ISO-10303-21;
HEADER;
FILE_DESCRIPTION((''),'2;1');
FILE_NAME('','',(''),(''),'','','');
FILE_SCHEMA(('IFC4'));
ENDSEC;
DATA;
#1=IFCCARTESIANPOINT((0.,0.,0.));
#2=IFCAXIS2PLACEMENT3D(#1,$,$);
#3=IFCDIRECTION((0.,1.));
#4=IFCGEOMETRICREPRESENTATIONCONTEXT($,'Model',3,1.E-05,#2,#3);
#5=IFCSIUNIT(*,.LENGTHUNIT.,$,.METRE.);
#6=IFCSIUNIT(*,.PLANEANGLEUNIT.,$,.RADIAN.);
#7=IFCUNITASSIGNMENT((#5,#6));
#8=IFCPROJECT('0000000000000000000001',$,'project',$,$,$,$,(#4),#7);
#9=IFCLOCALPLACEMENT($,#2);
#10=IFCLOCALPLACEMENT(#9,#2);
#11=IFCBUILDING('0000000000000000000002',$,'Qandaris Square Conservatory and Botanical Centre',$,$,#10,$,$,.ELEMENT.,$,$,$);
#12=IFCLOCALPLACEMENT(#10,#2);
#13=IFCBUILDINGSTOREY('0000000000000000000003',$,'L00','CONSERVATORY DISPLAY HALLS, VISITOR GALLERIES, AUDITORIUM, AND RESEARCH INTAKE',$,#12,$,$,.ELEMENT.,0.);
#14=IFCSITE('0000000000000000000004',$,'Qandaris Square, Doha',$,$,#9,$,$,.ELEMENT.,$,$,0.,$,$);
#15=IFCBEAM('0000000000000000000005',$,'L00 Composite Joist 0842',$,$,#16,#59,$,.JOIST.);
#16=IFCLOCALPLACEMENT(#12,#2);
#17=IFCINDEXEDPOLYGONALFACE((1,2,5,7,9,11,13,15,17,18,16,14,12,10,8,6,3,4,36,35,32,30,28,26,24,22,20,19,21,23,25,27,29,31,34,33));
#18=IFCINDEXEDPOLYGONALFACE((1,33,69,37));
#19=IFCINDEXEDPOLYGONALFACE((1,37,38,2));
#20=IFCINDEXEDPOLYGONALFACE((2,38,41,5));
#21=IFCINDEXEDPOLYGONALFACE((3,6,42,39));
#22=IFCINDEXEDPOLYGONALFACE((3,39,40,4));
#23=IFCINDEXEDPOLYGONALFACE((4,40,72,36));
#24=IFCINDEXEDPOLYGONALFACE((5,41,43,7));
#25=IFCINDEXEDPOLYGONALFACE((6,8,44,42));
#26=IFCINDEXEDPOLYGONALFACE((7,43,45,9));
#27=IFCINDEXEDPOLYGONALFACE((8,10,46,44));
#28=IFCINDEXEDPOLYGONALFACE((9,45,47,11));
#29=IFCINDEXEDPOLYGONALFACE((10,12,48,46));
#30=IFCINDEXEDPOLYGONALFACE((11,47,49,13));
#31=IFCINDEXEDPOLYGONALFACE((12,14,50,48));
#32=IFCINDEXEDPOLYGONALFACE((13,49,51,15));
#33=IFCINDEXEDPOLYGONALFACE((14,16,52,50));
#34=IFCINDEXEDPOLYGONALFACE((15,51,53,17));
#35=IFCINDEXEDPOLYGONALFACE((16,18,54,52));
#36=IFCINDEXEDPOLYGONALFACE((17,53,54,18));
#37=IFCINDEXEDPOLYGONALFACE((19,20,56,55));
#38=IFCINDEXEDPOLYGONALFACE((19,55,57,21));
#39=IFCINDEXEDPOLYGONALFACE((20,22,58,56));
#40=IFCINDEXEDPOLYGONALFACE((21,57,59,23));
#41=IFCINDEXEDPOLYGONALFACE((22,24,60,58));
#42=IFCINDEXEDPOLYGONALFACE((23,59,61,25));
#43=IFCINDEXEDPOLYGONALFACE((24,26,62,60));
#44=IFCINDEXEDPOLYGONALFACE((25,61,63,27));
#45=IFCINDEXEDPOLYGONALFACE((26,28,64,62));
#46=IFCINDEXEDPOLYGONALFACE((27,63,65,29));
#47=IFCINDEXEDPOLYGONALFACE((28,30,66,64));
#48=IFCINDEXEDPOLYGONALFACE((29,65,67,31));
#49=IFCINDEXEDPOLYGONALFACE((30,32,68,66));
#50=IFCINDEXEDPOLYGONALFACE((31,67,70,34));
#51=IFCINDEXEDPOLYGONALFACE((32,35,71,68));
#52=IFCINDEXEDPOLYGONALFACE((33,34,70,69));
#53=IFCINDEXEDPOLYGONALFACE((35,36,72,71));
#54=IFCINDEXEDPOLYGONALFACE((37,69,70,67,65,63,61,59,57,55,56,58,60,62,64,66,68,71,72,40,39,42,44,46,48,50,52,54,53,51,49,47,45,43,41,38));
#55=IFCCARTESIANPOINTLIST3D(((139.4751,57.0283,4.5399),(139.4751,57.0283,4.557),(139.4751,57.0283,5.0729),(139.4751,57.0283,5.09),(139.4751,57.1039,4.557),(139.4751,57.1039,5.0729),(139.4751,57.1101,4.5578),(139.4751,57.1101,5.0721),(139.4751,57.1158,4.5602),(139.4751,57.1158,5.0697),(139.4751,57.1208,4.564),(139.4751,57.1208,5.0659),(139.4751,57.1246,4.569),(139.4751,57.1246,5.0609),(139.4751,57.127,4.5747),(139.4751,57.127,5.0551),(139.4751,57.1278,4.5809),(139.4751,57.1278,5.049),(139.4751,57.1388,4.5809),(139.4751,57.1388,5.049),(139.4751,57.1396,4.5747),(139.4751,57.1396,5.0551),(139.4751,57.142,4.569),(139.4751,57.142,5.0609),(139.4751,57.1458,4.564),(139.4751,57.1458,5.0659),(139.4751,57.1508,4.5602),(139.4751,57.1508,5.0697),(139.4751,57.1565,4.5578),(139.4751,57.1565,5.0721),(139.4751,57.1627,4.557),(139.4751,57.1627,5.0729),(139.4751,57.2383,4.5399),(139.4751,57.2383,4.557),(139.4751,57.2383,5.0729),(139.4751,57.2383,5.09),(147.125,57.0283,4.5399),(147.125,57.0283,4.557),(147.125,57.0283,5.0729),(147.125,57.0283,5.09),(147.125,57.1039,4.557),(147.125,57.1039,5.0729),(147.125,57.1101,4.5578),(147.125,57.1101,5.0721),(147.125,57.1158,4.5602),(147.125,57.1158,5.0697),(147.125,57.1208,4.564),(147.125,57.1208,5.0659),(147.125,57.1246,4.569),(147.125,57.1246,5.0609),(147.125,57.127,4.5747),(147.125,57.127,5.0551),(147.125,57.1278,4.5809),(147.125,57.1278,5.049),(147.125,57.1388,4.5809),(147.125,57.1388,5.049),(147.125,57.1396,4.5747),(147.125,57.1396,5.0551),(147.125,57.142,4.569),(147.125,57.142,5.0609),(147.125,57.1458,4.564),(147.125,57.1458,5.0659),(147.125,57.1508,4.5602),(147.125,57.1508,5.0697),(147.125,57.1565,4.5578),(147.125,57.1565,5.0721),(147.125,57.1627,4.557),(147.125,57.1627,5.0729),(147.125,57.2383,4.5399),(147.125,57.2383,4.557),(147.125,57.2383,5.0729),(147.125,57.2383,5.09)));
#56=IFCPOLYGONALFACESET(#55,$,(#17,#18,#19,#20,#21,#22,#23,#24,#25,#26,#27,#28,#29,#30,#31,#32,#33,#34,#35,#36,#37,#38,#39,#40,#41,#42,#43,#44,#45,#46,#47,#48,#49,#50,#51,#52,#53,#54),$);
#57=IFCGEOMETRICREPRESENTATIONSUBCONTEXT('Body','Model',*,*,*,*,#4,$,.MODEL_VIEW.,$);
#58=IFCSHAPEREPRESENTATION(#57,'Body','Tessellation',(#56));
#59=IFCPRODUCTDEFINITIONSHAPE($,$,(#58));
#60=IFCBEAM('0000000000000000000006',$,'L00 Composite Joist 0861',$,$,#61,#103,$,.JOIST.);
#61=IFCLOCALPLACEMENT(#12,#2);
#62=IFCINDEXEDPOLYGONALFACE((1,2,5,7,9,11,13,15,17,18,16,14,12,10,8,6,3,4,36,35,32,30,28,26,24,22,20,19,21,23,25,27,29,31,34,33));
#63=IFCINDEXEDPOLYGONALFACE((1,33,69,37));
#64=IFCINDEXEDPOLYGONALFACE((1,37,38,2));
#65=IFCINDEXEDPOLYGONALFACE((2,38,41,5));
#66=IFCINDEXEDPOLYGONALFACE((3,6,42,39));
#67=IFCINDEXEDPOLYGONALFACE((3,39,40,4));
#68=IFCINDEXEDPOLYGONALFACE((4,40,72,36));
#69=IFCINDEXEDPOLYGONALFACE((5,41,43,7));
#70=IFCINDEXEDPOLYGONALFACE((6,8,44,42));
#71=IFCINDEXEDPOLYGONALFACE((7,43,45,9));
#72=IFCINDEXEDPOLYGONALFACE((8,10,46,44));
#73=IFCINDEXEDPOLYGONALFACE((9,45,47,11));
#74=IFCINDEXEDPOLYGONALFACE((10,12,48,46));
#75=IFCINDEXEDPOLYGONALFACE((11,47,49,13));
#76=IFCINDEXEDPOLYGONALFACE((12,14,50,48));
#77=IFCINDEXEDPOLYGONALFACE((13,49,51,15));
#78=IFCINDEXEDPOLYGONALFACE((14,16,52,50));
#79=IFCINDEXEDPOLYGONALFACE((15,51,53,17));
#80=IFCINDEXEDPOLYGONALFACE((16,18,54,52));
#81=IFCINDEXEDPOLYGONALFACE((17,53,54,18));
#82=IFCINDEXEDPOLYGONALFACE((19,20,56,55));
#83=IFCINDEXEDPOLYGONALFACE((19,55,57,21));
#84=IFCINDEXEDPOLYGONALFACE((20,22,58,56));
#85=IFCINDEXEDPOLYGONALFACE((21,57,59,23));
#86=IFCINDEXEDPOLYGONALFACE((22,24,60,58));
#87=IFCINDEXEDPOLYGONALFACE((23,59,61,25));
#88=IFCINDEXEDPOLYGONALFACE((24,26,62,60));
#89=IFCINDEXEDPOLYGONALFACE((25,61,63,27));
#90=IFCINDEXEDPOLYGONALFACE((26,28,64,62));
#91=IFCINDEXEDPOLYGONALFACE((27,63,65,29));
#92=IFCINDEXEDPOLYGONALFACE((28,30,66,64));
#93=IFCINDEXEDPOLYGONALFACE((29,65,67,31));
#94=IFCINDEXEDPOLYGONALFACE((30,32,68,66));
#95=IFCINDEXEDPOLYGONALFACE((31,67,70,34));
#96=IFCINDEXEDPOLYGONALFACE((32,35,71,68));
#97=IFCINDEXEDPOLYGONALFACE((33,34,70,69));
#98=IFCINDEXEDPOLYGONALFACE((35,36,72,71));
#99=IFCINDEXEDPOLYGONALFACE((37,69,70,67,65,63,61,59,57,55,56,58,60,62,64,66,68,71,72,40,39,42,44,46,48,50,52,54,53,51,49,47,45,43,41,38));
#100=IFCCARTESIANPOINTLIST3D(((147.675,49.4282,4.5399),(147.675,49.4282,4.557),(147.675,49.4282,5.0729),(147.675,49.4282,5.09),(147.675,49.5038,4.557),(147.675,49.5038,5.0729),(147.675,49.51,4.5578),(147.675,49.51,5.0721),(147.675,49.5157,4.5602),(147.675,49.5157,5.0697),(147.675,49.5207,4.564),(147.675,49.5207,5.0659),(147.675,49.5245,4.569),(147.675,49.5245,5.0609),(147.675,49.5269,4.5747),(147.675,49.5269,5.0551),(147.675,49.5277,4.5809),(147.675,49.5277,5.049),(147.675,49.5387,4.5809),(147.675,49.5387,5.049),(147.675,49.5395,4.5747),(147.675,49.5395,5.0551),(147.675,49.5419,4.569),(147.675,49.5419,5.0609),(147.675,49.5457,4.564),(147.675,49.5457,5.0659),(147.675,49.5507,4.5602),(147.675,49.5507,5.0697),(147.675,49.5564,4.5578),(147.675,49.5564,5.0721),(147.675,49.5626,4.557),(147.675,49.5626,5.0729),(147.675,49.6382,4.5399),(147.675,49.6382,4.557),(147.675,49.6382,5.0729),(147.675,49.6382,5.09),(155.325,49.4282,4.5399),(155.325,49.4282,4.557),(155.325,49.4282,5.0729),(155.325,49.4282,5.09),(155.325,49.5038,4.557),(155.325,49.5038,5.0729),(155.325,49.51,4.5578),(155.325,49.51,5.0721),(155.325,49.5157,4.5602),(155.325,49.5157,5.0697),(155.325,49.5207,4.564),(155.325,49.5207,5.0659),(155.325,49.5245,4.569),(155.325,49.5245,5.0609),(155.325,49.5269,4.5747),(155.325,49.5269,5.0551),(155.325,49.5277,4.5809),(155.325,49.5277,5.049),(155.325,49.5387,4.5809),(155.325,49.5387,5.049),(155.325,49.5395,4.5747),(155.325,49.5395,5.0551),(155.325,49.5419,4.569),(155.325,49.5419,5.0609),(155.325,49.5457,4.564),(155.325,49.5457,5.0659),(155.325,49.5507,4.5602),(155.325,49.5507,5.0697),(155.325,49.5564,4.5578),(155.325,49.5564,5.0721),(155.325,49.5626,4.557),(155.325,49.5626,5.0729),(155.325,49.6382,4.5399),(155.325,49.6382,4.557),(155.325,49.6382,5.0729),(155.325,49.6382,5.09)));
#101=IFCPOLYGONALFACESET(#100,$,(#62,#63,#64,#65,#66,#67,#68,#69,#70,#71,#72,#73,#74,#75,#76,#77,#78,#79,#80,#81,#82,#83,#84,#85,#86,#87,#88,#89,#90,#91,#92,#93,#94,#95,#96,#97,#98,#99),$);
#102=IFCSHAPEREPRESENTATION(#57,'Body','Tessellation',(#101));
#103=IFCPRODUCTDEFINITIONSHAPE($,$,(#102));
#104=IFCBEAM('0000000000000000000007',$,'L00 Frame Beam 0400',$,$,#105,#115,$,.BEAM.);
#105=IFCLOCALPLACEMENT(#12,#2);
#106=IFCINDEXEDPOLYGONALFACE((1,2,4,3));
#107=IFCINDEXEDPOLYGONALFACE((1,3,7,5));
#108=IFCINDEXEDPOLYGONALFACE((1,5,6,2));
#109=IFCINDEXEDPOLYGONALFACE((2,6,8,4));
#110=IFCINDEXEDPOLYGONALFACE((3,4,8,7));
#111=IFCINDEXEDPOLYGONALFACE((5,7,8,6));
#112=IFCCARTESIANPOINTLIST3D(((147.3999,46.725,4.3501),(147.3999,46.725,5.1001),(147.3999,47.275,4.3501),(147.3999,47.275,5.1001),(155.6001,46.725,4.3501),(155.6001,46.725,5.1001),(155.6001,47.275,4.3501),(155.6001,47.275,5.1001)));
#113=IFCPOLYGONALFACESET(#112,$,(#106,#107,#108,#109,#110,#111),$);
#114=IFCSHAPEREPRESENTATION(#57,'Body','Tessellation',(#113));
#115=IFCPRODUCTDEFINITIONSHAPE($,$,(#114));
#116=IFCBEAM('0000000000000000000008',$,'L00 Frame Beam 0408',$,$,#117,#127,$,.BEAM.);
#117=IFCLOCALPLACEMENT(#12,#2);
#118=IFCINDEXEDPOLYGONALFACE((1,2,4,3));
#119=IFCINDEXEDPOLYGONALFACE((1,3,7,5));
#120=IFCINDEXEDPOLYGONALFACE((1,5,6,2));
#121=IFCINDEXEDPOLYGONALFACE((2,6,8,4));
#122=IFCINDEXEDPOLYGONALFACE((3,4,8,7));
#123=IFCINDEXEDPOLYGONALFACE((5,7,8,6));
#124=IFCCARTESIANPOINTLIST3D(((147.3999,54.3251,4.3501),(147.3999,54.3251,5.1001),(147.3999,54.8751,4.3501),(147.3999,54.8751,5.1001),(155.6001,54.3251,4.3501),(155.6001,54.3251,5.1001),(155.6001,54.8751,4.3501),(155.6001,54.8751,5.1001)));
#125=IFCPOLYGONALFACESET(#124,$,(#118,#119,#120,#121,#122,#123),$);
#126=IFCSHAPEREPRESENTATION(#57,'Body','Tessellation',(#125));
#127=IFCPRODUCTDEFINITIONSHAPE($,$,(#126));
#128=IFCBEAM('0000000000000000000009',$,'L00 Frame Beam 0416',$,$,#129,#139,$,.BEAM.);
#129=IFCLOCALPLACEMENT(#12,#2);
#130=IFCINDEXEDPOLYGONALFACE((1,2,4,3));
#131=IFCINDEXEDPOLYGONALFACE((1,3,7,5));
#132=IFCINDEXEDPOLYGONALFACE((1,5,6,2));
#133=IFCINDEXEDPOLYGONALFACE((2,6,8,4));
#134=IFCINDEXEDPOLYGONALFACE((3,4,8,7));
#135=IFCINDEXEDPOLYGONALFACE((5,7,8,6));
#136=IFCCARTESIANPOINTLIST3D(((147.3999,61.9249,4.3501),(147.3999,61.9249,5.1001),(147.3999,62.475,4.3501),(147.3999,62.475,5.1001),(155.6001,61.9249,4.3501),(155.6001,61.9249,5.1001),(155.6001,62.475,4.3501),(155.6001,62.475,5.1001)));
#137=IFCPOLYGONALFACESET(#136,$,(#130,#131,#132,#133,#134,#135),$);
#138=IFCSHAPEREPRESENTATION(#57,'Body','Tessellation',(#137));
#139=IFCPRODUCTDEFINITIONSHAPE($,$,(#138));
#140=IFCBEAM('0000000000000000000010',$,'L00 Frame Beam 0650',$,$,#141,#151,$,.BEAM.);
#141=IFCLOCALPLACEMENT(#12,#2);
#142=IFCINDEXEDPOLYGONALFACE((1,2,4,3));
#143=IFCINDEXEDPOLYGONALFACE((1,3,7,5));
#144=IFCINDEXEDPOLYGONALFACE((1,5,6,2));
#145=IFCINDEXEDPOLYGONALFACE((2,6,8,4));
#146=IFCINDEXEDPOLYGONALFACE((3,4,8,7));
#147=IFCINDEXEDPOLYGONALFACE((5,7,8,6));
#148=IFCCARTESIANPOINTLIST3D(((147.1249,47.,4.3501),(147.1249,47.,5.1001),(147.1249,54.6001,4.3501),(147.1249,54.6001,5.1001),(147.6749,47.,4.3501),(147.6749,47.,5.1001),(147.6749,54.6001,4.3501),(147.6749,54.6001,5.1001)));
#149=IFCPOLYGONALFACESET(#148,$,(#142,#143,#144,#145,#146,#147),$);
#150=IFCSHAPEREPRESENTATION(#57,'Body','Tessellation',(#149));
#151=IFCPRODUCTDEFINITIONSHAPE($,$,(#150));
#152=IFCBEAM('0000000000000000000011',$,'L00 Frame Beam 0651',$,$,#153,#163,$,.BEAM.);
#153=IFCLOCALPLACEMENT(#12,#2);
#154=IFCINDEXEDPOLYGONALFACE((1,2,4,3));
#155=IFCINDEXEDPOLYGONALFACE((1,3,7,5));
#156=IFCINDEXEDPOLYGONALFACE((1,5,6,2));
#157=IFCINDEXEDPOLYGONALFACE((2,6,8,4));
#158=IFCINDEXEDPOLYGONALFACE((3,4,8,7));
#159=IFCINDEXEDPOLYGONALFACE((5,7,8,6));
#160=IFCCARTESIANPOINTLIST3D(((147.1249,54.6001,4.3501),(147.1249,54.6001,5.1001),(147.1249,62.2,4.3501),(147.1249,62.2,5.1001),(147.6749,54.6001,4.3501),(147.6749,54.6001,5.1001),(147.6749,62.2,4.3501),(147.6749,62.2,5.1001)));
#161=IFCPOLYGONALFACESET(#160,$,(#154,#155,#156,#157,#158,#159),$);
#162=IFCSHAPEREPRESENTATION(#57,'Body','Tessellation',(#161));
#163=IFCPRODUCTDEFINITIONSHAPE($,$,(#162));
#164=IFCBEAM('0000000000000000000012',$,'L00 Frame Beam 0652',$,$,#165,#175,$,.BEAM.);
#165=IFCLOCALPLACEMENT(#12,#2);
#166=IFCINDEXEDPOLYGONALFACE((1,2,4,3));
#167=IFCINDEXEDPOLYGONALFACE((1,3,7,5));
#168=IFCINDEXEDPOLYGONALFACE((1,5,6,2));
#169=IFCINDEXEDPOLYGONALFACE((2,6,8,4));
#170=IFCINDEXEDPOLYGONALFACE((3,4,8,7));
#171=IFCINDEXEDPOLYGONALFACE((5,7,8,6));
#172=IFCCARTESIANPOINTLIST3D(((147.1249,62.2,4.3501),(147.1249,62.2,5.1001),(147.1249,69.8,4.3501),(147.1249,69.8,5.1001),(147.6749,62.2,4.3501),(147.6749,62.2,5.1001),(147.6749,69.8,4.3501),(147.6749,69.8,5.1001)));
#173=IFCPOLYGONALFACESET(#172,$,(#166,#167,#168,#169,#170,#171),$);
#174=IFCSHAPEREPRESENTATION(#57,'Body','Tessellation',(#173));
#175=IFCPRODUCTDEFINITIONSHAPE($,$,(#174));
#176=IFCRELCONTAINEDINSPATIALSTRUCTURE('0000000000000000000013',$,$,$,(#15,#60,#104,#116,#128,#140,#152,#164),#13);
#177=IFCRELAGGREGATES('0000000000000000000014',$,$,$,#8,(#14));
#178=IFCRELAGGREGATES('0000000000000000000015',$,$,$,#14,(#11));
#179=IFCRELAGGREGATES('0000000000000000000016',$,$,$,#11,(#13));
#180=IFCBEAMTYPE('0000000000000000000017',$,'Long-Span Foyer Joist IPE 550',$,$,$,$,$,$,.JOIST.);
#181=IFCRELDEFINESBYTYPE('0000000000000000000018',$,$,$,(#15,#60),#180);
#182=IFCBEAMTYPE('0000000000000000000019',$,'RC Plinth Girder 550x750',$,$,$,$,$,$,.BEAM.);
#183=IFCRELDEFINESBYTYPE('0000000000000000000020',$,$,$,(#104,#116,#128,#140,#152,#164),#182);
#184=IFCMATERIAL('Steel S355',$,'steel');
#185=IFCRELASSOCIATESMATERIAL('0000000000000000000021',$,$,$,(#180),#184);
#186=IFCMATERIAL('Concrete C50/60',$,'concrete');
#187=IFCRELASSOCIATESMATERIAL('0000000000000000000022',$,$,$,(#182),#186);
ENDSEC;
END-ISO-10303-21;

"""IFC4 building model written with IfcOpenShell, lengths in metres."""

from ifc_helpers import new_model, si_unit, direction, frame, origin, origin_2d, place, context, subcontext, project, spatial, rectangle, i_section, extrude, material, material_profile, profile_set, type_object, element, save


model = new_model("IFC4")

# Units and contexts
model_context = context("Model", 3, precision=1e-05, world=origin(), true_north=direction((0.0, 1.0)))
body_context = subcontext(model_context, "Body", "Model", "MODEL_VIEW")
ifc_project = project(units=[si_unit("LENGTHUNIT", "METRE"), si_unit("PLANEANGLEUNIT", "RADIAN")], contexts=[model_context])

# Site, building, storey
site_placement = place(None, origin())
site = spatial("IfcSite", under=ifc_project, at=site_placement, Name="Qandaris Square, Doha", CompositionType="ELEMENT", RefElevation=0.0)
building_placement = place(site_placement, origin())
building = spatial("IfcBuilding", under=site, at=building_placement, Name="Qandaris Square Conservatory and Botanical Centre", CompositionType="ELEMENT")
storey_placement = place(building_placement, origin())
storey = spatial("IfcBuildingStorey", under=building, at=storey_placement, Name="L00", Description="CONSERVATORY DISPLAY HALLS, VISITOR GALLERIES, AUDITORIUM, AND RESEARCH INTAKE", CompositionType="ELEMENT", Elevation=0.0)

# Shared definitions
ifc_material_1 = material(Name="Concrete C50/60", Category="concrete")

# Beams
ifc_material_2 = material(Name="Steel S355", Category="steel")
ifc_material_profile_1 = material_profile(ifc_material_2, i_section(OverallWidth=0.21, OverallDepth=0.55, WebThickness=0.011, FlangeThickness=0.0171, FilletRadius=0.0239, at=origin_2d()), Name="IPE 550")
ifc_profile_set_1 = profile_set([ifc_material_profile_1], Name="Steel S355")
beam_type_1 = type_object("IfcBeamType", Name="Long-Span Foyer Joist IPE 550", PredefinedType="JOIST", material=ifc_profile_set_1)
for number, where, z_axis, x_axis, name in (
    (1, (139.4751, 57.1333, 4.8149), (1.0, 0.0, 0.0), (0.0, 1.0, 0.0), "L00 Composite Joist 0842"),
    (2, (147.675, 49.5332, 4.8149), (1.0, 0.0, 0.0), (0.0, 1.0, 0.0), "L00 Composite Joist 0861"),
):
    element("IfcBeam", number, at=place(storey_placement, frame(where, z_axis=z_axis, x_axis=x_axis)), inside=storey, type_object=beam_type_1, Name=name, PredefinedType="JOIST", context=body_context, shape_type="SweptSolid", body=[
        extrude(i_section(OverallWidth=0.21, OverallDepth=0.55, WebThickness=0.011, FlangeThickness=0.0171, FilletRadius=0.0239, at=origin_2d()), origin(), (0.0, 0.0, 1.0), 7.6499),
    ])
ifc_material_profile_2 = material_profile(ifc_material_1, rectangle(XDim=0.55, YDim=0.75, at=origin_2d()), Name="RC-BM 550x750")
ifc_profile_set_2 = profile_set([ifc_material_profile_2], Name="Concrete C50/60")
beam_type_2 = type_object("IfcBeamType", Name="RC Plinth Girder 550x750", PredefinedType="BEAM", material=ifc_profile_set_2)
for number, where, z_axis, x_axis, name in (
    (3, (147.3999, 47.0, 4.7251), (1.0, 0.0, 0.0), (0.0, 1.0, 0.0), "L00 Frame Beam 0400"),
    (4, (147.3999, 54.6001, 4.7251), (1.0, 0.0, 0.0), (0.0, 1.0, 0.0), "L00 Frame Beam 0408"),
    (5, (147.3999, 62.2, 4.7251), (1.0, 0.0, 0.0), (0.0, 1.0, 0.0), "L00 Frame Beam 0416"),
):
    element("IfcBeam", number, at=place(storey_placement, frame(where, z_axis=z_axis, x_axis=x_axis)), inside=storey, type_object=beam_type_2, Name=name, PredefinedType="BEAM", context=body_context, shape_type="SweptSolid", body=[
        extrude(rectangle(XDim=0.55, YDim=0.75, at=origin_2d()), origin(), (0.0, 0.0, 1.0), 8.2002),
    ])
beam_1_placement = place(storey_placement, frame((147.3999, 47.0, 4.7251), z_axis=(0.0, 1.0, 0.0), x_axis=(-1.0, 0.0, 0.0)))
element("IfcBeam", 6, at=beam_1_placement, inside=storey, type_object=beam_type_2, Name="L00 Frame Beam 0650", PredefinedType="BEAM", context=body_context, shape_type="SweptSolid", body=[
    extrude(rectangle(XDim=0.55, YDim=0.75, at=origin_2d()), origin(), (0.0, 0.0, 1.0), 7.6001),
])
beam_2_placement = place(storey_placement, frame((147.3999, 54.6001, 4.7251), z_axis=(0.0, 1.0, 0.0), x_axis=(-1.0, 0.0, 0.0)))
element("IfcBeam", 7, at=beam_2_placement, inside=storey, type_object=beam_type_2, Name="L00 Frame Beam 0651", PredefinedType="BEAM", context=body_context, shape_type="SweptSolid", body=[
    extrude(rectangle(XDim=0.55, YDim=0.75, at=origin_2d()), origin(), (0.0, 0.0, 1.0), 7.5999),
])
beam_3_placement = place(storey_placement, frame((147.3999, 62.2, 4.7251), z_axis=(0.0, 1.0, 0.0), x_axis=(-1.0, 0.0, 0.0)))
element("IfcBeam", 8, at=beam_3_placement, inside=storey, type_object=beam_type_2, Name="L00 Frame Beam 0652", PredefinedType="BEAM", context=body_context, shape_type="SweptSolid", body=[
    extrude(rectangle(XDim=0.55, YDim=0.75, at=origin_2d()), origin(), (0.0, 0.0, 1.0), 7.6001),
])

save(model, "model.ifc")
